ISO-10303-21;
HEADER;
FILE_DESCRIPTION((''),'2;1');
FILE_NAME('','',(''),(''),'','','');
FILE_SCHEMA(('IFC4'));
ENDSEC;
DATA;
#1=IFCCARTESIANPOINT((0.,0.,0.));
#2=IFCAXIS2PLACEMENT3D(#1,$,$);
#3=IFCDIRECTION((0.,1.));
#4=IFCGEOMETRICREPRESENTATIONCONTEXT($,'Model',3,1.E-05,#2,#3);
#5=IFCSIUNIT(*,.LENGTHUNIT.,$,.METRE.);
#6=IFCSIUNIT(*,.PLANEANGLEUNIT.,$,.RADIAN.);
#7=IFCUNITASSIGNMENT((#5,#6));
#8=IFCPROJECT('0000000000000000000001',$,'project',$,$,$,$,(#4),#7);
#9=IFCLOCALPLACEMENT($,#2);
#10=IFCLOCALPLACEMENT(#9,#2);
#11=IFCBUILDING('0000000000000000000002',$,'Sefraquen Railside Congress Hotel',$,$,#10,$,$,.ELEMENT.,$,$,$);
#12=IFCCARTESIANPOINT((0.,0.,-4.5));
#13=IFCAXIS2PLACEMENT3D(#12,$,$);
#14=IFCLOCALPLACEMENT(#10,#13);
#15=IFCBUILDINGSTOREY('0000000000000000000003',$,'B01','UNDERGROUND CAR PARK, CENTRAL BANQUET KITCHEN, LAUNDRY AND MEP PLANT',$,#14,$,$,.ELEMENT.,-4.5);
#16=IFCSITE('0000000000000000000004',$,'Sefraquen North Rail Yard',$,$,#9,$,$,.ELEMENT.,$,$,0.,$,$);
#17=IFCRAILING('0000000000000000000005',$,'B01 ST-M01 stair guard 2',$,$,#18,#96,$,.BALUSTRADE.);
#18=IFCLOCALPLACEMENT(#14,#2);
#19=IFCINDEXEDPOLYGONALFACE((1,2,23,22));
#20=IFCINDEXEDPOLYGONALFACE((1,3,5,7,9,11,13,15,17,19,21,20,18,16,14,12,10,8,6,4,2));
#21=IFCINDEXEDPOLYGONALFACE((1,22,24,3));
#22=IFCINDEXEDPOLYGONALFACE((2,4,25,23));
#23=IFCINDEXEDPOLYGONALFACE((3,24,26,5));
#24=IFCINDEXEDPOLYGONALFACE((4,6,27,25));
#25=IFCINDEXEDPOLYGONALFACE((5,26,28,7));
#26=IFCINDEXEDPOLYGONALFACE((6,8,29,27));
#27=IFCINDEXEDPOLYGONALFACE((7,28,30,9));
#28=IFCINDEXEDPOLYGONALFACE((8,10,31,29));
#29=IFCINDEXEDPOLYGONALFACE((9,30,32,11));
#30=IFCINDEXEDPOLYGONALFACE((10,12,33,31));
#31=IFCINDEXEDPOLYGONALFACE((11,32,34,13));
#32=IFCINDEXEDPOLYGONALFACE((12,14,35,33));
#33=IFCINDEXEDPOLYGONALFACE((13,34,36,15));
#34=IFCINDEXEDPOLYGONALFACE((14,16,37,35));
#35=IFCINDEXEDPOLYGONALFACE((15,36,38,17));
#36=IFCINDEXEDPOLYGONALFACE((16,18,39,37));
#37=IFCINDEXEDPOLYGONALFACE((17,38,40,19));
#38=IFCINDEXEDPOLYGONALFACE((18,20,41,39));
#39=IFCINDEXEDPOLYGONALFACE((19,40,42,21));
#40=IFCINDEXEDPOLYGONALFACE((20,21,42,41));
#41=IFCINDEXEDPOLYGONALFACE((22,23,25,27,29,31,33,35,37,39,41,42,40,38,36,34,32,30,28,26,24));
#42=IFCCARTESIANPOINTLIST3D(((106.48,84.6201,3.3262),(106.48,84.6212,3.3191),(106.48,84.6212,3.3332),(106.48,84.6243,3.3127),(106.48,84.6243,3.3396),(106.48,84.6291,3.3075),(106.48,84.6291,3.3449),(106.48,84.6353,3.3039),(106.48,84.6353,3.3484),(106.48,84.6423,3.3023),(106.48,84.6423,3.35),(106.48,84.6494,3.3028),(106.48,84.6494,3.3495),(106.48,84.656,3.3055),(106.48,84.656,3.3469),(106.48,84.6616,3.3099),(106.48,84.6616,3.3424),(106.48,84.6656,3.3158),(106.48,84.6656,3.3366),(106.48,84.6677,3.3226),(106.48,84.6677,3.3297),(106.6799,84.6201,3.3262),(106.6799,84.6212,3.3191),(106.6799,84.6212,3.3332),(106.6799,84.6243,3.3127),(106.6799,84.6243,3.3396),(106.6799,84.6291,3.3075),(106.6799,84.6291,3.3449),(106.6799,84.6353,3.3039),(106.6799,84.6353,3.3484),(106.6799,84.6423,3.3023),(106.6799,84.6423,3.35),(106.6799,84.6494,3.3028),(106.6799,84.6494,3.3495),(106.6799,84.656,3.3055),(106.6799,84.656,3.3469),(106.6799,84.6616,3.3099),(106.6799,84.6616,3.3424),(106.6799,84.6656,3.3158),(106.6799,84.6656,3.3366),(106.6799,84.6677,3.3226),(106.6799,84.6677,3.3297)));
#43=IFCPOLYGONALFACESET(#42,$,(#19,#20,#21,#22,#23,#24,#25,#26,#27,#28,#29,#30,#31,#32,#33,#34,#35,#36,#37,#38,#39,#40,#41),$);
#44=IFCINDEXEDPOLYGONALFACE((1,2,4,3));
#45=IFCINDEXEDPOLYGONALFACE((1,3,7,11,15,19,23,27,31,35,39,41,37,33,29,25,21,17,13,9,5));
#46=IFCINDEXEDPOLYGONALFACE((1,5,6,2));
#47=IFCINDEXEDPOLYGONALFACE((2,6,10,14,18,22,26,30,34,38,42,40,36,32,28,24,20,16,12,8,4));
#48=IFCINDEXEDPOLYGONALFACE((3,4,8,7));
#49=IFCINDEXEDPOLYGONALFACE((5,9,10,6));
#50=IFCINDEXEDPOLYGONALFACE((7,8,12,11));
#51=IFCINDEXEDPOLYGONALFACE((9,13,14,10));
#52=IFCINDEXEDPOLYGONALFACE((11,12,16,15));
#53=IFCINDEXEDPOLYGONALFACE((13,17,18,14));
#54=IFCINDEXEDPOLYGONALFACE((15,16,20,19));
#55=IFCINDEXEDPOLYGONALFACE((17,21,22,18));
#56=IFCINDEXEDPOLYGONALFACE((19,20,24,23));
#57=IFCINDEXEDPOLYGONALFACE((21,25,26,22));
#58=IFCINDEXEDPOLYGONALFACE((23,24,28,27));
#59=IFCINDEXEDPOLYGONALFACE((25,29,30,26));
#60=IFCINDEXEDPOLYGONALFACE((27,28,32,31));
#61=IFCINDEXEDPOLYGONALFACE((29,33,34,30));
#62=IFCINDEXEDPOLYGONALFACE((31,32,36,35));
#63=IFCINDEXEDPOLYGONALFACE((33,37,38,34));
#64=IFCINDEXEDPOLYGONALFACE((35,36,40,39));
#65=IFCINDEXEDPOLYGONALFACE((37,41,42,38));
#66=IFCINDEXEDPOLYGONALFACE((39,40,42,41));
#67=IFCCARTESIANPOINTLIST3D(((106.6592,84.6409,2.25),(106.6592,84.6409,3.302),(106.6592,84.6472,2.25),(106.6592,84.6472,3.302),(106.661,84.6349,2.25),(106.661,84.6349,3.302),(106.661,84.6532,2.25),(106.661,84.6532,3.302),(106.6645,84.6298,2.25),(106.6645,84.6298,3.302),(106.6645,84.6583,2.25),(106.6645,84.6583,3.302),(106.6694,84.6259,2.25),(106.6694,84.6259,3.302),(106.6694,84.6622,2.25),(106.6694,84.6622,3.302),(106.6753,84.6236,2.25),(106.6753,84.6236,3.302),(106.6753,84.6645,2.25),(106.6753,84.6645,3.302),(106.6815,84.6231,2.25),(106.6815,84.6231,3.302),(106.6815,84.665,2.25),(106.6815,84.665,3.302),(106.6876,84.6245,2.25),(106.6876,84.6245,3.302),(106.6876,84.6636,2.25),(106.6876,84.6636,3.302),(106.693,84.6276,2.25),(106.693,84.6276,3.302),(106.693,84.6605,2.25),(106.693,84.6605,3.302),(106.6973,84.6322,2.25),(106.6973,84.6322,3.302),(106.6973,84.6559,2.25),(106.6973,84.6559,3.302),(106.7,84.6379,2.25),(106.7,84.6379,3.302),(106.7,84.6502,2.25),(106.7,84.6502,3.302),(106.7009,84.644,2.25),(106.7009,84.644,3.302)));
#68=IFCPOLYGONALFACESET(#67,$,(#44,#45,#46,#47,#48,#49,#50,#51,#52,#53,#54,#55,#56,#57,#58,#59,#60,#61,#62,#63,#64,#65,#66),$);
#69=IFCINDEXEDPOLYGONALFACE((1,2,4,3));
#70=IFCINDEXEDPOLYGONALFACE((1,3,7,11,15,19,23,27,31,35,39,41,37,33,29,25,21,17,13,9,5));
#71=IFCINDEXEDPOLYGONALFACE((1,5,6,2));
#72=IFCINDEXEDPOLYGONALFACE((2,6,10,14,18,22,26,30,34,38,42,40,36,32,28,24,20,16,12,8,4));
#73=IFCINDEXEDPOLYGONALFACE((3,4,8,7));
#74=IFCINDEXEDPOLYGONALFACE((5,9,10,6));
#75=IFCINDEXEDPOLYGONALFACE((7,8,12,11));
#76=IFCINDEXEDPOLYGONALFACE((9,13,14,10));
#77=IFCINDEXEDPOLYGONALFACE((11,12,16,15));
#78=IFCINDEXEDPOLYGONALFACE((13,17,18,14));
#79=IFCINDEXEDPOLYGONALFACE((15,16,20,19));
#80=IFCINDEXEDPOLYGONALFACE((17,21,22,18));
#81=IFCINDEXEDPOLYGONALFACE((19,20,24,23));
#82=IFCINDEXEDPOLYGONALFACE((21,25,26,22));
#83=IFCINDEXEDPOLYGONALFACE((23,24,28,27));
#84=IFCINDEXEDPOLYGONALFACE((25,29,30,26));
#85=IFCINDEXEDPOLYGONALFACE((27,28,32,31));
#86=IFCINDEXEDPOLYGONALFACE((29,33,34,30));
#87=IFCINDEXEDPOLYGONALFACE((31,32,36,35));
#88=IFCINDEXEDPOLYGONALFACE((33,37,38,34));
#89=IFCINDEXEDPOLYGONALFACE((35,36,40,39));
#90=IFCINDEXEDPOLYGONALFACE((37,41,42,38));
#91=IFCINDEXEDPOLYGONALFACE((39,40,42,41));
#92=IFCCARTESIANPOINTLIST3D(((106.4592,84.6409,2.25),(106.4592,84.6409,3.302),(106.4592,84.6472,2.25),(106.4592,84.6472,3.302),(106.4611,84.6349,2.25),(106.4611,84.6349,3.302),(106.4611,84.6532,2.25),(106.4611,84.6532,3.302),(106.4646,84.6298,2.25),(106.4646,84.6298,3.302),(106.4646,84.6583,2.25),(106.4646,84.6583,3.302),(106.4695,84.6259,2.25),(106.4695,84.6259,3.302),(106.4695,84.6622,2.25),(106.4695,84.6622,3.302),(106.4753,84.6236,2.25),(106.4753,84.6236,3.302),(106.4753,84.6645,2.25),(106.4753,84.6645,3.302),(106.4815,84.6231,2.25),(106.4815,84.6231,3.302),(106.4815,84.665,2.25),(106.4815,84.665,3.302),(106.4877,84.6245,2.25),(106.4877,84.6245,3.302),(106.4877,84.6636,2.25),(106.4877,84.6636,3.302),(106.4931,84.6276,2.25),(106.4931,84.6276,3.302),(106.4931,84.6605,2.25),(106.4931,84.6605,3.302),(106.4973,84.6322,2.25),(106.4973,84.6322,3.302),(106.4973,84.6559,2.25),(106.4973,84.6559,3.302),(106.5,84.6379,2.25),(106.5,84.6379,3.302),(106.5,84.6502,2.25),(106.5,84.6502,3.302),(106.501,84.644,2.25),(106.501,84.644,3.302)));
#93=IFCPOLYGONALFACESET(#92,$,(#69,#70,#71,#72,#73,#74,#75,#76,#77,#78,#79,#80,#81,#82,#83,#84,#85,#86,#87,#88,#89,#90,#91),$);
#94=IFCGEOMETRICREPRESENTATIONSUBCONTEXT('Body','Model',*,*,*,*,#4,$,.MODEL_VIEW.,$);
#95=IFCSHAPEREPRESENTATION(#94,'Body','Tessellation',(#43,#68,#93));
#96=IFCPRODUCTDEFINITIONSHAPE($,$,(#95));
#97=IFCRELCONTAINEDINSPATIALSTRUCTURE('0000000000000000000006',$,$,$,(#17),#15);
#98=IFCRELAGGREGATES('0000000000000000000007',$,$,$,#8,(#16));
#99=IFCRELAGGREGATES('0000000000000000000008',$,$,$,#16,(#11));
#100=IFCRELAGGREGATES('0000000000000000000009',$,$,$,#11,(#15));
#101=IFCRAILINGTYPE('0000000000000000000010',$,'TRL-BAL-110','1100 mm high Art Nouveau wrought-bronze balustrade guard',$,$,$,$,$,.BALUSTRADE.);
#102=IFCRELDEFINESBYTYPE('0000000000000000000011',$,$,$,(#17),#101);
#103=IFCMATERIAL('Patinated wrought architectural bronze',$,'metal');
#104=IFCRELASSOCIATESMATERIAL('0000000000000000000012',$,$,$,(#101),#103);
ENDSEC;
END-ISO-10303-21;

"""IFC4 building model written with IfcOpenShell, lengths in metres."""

from ifc_helpers import new_model, si_unit, direction, frame, origin, origin_2d, place, context, subcontext, project, spatial, circle, extrude, material, type_object, element, save


model = new_model("IFC4")

# Units and contexts
model_context = context("Model", 3, precision=1e-05, world=origin(), true_north=direction((0.0, 1.0)))
body_context = subcontext(model_context, "Body", "Model", "MODEL_VIEW")
ifc_project = project(units=[si_unit("LENGTHUNIT", "METRE"), si_unit("PLANEANGLEUNIT", "RADIAN")], contexts=[model_context])

# Site, building, storey
site_placement = place(None, origin())
site = spatial("IfcSite", under=ifc_project, at=site_placement, Name="Sefraquen North Rail Yard", CompositionType="ELEMENT", RefElevation=0.0)
building_placement = place(site_placement, origin())
building = spatial("IfcBuilding", under=site, at=building_placement, Name="Sefraquen Railside Congress Hotel", CompositionType="ELEMENT")
storey_placement = place(building_placement, frame((0.0, 0.0, -4.5)))
storey = spatial("IfcBuildingStorey", under=building, at=storey_placement, Name="B01", Description="UNDERGROUND CAR PARK, CENTRAL BANQUET KITCHEN, LAUNDRY AND MEP PLANT", CompositionType="ELEMENT", Elevation=-4.5)

# Railing
ifc_material_1 = material(Name="Patinated wrought architectural bronze", Category="metal")
railing_type_1 = type_object("IfcRailingType", Name="TRL-BAL-110", Description="1100 mm high Art Nouveau wrought-bronze balustrade guard", PredefinedType="BALUSTRADE", material=ifc_material_1)
railing_1_placement = place(storey_placement, frame((106.6799, 84.644, 2.25)))
element("IfcRailing", 1, at=railing_1_placement, inside=storey, type_object=railing_type_1, Name="B01 ST-M01 stair guard 2", PredefinedType="BALUSTRADE", context=body_context, shape_type="SweptSolid", body=[
    extrude(circle(Radius=0.0239, at=origin_2d()), frame((0.0, 0.0, 1.0762), z_axis=(-1.0, 0.0, 0.0), x_axis=(0.0, -1.0, 0.0)), (0.0, 0.0, 1.0), 0.2),
    extrude(circle(Radius=0.021, at=origin_2d()), origin(), (0.0, 0.0, 1.0), 1.052),
    extrude(circle(Radius=0.021, at=origin_2d()), frame((-0.2, 0.0, 0.0)), (0.0, 0.0, 1.0), 1.052),
])

save(model, "model.ifc")
